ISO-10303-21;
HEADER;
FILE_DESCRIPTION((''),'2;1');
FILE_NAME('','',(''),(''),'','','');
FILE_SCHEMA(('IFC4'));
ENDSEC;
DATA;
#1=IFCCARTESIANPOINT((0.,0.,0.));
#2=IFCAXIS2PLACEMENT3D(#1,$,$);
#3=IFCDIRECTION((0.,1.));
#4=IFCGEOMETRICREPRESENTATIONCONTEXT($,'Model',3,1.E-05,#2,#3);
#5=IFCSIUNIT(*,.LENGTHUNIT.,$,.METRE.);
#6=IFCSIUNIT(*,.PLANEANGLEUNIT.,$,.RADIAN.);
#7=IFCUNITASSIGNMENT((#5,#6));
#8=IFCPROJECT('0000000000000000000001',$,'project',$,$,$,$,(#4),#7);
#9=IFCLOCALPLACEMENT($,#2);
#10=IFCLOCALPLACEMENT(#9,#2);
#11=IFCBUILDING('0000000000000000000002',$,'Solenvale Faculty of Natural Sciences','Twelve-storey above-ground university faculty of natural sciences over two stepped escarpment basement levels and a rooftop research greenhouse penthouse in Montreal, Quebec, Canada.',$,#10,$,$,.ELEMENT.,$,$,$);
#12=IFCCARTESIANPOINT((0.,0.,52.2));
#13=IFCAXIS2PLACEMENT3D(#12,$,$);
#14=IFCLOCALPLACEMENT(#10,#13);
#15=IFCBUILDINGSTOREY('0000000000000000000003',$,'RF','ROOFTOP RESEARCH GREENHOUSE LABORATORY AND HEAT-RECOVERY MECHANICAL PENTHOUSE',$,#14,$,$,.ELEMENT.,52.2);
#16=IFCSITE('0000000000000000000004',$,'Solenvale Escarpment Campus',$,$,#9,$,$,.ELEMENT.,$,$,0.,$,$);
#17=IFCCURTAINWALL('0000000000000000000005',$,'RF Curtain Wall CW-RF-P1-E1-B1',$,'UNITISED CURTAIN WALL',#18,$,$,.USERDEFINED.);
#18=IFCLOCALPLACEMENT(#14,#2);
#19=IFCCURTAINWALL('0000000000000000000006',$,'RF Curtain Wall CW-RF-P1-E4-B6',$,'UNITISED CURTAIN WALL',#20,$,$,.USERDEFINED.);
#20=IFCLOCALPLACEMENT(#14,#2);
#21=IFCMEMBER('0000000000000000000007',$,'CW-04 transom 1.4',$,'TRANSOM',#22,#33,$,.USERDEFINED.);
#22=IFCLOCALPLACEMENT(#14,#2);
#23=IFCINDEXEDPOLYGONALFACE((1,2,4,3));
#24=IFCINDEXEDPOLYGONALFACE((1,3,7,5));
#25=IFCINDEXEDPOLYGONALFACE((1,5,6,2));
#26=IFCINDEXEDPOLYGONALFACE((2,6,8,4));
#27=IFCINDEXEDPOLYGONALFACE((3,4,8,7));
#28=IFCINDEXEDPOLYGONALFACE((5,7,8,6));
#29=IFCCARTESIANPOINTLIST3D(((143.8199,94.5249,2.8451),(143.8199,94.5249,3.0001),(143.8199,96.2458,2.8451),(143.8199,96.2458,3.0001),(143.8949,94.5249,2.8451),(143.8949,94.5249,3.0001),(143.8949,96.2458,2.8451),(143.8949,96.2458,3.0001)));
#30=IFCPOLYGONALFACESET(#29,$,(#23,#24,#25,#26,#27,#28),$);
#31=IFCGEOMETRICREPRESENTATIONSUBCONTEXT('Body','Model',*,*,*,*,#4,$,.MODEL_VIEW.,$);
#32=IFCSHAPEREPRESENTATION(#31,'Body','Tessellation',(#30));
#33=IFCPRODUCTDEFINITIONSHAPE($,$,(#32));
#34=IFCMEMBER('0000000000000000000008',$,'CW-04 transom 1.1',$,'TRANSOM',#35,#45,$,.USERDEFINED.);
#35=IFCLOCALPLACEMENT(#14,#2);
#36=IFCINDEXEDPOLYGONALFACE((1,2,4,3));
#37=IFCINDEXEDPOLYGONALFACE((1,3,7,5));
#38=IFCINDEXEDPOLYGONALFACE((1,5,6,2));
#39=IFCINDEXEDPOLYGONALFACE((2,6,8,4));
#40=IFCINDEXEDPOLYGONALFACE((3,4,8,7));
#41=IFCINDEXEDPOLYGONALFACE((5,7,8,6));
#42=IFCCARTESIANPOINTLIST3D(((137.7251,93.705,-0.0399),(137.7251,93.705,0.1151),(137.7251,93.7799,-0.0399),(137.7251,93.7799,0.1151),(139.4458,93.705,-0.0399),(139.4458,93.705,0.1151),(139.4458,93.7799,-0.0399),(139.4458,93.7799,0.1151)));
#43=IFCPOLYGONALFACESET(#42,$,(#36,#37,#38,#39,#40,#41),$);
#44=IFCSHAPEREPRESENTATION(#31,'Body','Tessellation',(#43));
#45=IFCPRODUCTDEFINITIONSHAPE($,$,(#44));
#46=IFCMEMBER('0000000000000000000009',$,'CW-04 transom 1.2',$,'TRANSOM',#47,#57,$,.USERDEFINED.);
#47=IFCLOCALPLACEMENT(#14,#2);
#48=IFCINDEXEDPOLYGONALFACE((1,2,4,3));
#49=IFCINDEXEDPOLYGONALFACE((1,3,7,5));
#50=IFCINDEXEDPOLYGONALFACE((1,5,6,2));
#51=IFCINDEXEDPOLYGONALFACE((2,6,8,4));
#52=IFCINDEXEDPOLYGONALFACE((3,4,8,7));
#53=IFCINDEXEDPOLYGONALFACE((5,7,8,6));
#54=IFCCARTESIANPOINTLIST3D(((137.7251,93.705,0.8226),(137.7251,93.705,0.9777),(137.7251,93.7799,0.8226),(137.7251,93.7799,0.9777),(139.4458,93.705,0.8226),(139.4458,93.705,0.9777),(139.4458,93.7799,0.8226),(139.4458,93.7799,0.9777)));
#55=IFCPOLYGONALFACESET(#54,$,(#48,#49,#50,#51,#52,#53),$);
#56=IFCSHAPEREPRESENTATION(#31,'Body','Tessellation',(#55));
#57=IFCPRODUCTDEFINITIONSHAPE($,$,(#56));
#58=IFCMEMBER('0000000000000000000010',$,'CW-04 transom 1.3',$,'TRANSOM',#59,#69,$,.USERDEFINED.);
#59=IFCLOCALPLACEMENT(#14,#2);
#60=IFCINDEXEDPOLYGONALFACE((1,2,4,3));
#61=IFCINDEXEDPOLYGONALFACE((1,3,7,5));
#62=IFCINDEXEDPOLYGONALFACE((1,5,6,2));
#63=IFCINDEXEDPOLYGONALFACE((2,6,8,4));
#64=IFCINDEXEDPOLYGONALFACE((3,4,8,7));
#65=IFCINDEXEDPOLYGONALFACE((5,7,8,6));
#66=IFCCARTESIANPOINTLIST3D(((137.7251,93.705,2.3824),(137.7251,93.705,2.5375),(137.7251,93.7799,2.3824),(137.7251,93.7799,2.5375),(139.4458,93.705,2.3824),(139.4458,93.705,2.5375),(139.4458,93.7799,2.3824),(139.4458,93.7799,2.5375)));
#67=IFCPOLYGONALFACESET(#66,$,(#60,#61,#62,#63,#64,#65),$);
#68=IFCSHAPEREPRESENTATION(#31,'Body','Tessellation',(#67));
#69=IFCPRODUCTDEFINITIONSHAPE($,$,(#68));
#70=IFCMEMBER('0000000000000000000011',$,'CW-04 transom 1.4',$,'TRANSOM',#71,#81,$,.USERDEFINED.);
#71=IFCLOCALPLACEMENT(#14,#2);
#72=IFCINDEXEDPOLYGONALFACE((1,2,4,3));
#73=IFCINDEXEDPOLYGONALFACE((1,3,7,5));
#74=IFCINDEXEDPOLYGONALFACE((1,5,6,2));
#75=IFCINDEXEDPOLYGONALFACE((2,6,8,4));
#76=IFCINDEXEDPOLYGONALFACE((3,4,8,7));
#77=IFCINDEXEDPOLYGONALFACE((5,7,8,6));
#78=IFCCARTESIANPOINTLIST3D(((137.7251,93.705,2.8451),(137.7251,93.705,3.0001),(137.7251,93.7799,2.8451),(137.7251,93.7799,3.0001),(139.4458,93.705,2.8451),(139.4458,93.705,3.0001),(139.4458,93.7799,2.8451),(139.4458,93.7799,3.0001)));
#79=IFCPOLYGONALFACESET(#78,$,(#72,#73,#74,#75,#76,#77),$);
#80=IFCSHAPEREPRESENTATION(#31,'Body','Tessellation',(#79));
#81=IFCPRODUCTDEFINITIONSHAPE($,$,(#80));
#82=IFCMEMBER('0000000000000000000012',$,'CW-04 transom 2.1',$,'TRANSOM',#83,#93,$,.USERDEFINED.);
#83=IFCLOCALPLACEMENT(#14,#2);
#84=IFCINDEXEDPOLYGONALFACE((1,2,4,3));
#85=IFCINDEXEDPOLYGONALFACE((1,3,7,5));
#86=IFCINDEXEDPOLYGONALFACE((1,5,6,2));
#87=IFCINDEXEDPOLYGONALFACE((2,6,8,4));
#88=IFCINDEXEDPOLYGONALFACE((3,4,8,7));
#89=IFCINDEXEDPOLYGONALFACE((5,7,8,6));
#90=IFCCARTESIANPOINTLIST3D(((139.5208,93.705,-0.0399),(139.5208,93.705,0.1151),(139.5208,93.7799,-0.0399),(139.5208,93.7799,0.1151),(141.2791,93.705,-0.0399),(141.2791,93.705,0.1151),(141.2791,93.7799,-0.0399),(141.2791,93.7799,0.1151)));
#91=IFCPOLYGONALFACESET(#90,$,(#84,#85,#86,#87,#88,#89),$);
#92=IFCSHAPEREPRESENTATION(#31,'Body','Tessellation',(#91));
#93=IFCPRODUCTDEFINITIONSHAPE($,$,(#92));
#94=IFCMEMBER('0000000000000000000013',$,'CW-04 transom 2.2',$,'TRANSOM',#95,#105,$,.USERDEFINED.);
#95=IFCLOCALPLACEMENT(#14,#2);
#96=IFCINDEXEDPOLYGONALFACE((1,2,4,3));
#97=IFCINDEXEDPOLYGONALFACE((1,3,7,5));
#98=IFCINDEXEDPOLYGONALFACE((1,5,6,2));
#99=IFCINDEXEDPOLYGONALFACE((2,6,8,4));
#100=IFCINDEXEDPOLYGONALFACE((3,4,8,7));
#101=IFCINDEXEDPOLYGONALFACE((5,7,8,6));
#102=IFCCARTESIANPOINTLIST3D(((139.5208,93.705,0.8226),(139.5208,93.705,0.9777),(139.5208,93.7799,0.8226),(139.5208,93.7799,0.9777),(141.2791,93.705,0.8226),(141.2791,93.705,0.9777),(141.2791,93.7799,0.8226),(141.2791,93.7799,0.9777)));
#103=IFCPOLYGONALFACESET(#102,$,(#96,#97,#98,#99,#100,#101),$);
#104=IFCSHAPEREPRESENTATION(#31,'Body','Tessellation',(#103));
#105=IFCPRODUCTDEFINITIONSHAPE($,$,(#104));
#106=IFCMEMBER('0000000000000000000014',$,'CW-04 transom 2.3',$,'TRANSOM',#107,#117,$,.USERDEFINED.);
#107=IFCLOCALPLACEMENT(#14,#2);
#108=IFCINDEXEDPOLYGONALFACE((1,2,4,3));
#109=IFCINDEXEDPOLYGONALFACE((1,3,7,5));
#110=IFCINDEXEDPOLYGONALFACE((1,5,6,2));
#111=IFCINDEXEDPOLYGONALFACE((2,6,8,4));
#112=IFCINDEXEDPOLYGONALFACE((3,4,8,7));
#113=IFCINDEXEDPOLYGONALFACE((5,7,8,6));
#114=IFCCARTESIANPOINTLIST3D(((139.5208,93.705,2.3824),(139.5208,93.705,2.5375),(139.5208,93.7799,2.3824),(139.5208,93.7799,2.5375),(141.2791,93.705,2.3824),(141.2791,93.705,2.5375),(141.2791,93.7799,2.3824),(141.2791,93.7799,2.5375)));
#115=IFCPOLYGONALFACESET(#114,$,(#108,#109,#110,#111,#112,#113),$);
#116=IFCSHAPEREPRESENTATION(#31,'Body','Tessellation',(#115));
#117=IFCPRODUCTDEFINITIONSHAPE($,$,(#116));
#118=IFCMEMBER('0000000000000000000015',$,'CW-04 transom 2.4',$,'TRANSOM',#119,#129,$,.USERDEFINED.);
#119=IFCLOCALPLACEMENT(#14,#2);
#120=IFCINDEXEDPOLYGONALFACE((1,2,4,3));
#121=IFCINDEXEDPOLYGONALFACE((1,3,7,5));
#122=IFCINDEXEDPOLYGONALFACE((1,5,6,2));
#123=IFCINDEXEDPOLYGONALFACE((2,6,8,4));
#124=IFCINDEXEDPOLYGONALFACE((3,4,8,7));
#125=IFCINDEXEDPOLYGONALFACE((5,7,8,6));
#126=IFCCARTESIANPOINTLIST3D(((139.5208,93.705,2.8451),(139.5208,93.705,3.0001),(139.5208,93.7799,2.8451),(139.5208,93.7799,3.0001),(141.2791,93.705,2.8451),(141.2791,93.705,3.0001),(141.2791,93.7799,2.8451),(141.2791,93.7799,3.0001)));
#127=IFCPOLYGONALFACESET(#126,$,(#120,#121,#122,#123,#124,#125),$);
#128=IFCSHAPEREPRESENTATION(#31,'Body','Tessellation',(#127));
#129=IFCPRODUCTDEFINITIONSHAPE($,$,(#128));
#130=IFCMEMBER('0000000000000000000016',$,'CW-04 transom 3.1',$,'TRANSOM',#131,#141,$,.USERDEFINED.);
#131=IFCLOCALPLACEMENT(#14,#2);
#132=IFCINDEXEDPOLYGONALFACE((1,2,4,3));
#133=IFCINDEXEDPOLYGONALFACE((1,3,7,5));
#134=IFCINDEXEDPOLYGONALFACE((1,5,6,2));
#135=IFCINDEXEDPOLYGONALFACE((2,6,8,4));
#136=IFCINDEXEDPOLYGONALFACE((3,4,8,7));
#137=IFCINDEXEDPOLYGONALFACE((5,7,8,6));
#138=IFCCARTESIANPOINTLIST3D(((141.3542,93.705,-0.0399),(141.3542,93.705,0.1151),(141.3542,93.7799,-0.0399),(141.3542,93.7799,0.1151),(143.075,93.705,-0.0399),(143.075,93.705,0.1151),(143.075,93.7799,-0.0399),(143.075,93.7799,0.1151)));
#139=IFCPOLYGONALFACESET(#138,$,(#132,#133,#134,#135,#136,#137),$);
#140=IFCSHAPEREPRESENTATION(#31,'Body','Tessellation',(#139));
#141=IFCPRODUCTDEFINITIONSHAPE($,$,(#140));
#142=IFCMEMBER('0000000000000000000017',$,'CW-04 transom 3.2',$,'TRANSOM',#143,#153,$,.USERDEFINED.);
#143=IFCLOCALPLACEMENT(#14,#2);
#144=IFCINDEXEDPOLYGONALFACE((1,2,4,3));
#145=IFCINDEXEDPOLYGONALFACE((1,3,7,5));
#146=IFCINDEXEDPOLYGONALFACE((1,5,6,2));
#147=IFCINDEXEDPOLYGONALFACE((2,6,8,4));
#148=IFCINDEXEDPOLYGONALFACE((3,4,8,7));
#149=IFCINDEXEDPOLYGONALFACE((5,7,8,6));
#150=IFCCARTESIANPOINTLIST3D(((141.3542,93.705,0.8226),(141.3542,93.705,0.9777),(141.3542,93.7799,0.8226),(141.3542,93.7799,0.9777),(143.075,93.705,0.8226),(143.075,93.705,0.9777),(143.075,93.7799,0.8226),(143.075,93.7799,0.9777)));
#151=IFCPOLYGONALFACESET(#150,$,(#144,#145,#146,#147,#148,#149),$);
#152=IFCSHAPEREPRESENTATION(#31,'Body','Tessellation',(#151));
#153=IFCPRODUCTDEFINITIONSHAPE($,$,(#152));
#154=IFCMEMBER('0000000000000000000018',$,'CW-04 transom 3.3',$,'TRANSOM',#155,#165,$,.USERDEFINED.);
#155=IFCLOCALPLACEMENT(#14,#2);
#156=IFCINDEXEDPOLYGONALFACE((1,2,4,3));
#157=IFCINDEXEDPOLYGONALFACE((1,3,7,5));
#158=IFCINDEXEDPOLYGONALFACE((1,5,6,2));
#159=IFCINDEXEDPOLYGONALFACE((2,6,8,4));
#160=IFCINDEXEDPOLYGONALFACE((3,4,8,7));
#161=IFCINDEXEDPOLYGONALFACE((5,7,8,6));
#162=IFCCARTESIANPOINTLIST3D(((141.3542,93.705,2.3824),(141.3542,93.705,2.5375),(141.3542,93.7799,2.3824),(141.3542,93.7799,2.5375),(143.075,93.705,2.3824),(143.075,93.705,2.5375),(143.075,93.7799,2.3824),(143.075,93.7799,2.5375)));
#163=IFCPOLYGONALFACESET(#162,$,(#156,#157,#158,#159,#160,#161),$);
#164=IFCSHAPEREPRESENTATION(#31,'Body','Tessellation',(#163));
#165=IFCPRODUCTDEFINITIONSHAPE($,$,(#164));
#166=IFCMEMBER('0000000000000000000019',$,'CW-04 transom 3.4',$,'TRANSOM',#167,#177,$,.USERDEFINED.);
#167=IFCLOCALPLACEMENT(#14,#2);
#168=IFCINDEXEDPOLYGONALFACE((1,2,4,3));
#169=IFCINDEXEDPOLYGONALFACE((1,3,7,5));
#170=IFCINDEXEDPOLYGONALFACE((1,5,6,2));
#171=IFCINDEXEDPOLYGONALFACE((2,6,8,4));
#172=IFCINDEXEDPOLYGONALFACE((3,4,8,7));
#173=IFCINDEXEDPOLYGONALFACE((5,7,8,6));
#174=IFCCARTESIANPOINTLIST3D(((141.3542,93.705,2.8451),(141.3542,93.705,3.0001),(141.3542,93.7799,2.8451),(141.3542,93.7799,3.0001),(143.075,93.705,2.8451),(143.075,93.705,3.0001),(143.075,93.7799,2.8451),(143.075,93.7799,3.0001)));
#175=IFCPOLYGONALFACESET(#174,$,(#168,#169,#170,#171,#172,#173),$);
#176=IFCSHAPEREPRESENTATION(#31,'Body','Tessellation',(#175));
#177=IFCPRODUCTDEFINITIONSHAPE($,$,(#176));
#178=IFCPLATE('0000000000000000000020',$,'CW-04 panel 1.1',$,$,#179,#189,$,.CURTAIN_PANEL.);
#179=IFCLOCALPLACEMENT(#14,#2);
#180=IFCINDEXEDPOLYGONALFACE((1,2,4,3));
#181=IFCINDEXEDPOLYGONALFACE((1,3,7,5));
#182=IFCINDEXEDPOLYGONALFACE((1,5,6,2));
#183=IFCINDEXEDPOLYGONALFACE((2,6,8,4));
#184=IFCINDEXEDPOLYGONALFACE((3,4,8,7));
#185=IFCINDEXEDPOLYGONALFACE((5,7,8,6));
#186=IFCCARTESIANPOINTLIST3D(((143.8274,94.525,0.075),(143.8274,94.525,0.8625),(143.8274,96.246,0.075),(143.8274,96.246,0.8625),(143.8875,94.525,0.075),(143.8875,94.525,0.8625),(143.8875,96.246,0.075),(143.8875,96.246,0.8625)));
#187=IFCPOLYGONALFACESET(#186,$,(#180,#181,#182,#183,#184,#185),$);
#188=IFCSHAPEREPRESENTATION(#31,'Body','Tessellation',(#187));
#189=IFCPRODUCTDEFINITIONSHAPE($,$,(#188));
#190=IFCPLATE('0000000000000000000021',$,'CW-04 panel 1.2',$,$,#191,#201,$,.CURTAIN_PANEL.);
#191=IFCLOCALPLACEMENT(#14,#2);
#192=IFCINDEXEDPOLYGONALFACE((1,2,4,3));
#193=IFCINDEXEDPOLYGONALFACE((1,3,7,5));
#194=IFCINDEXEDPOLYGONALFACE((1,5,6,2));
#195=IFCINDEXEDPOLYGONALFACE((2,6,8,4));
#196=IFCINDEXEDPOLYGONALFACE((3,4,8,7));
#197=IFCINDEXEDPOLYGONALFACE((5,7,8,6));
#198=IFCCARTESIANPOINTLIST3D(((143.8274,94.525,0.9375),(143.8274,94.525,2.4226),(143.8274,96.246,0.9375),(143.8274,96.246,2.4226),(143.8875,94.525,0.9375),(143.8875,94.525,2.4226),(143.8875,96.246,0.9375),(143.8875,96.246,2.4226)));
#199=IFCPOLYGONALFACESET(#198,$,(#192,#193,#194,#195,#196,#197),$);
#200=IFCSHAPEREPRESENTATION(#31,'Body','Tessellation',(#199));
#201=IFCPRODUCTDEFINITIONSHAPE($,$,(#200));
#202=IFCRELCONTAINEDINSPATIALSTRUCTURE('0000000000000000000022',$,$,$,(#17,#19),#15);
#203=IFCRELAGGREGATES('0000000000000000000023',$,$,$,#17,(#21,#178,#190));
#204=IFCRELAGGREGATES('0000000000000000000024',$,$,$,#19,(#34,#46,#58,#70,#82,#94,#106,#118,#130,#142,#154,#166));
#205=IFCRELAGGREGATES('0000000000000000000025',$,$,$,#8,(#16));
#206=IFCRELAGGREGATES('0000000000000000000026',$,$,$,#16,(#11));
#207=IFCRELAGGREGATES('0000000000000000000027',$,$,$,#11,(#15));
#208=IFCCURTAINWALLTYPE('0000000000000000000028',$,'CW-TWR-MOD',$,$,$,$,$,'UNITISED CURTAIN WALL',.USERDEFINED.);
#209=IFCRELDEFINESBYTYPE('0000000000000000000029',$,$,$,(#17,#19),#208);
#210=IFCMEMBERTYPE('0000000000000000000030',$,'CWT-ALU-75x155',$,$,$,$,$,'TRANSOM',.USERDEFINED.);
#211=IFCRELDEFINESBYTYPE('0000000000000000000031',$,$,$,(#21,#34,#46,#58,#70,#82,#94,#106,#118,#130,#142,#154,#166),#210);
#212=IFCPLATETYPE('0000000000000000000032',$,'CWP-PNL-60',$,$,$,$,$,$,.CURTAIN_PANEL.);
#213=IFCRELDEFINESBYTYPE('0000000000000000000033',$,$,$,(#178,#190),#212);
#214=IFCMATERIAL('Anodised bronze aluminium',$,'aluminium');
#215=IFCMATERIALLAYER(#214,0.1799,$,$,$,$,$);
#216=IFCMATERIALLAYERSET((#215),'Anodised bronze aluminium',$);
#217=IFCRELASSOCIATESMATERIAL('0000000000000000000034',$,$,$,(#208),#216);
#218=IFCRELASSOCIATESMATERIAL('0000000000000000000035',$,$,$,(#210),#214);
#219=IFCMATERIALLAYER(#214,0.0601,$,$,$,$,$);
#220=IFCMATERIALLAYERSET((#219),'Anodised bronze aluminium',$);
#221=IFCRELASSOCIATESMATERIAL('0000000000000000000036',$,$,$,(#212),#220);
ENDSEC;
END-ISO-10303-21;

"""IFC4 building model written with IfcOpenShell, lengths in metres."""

from ifc_helpers import new_model, si_unit, direction, frame, origin, origin_2d, place, context, subcontext, project, spatial, rectangle, extrude, material, layer, layer_set, material_profile, profile_set, type_object, element, aggregate, save


model = new_model("IFC4")

# Units and contexts
model_context = context("Model", 3, precision=1e-05, world=origin(), true_north=direction((0.0, 1.0)))
body_context = subcontext(model_context, "Body", "Model", "MODEL_VIEW")
ifc_project = project(units=[si_unit("LENGTHUNIT", "METRE"), si_unit("PLANEANGLEUNIT", "RADIAN")], contexts=[model_context])

# Site, building, storey
site_placement = place(None, origin())
site = spatial("IfcSite", under=ifc_project, at=site_placement, Name="Solenvale Escarpment Campus", CompositionType="ELEMENT", RefElevation=0.0)
building_placement = place(site_placement, origin())
building = spatial("IfcBuilding", under=site, at=building_placement, Name="Solenvale Faculty of Natural Sciences", Description="Twelve-storey above-ground university faculty of natural sciences over two stepped escarpment basement levels and a rooftop research greenhouse penthouse in Montreal, Quebec, Canada.", CompositionType="ELEMENT")
storey_placement = place(building_placement, frame((0.0, 0.0, 52.2)))
storey = spatial("IfcBuildingStorey", under=building, at=storey_placement, Name="RF", Description="ROOFTOP RESEARCH GREENHOUSE LABORATORY AND HEAT-RECOVERY MECHANICAL PENTHOUSE", CompositionType="ELEMENT", Elevation=52.2)

# Curtain wall
ifc_material_1 = material(Name="Anodised bronze aluminium", Category="aluminium")
ifc_layer_1 = layer(ifc_material_1, 0.1799)
ifc_layer_set_1 = layer_set([ifc_layer_1], Name="Anodised bronze aluminium")
curtain_wall_type = type_object("IfcCurtainWallType", Name="CW-TWR-MOD", ElementType="UNITISED CURTAIN WALL", PredefinedType="USERDEFINED", material=ifc_layer_set_1)
curtain_wall_1_placement = place(storey_placement, origin())
curtain_wall_1 = element("IfcCurtainWall", 1, at=curtain_wall_1_placement, inside=storey, type_object=curtain_wall_type, Name="RF Curtain Wall CW-RF-P1-E1-B1", ObjectType="UNITISED CURTAIN WALL", PredefinedType="USERDEFINED")

# Curtain wall
curtain_wall_2_placement = place(storey_placement, origin())
curtain_wall_2 = element("IfcCurtainWall", 2, at=curtain_wall_2_placement, inside=storey, type_object=curtain_wall_type, Name="RF Curtain Wall CW-RF-P1-E4-B6", ObjectType="UNITISED CURTAIN WALL", PredefinedType="USERDEFINED")

# Members
ifc_material_profile_1 = material_profile(ifc_material_1, rectangle(XDim=0.075, YDim=0.155, at=origin_2d()), Name="ALU-TRN-75x155")
ifc_profile_set_1 = profile_set([ifc_material_profile_1], Name="Anodised bronze aluminium")
member_type_1 = type_object("IfcMemberType", Name="CWT-ALU-75x155", ElementType="TRANSOM", PredefinedType="USERDEFINED", material=ifc_profile_set_1)
member_1_placement = place(storey_placement, frame((143.8574, 94.5249, 2.9226), z_axis=(0.0, 1.0, 0.0), x_axis=(-1.0, 0.0, 0.0)))
member_1 = element("IfcMember", 3, at=member_1_placement, type_object=member_type_1, Name="CW-04 transom 1.4", ObjectType="TRANSOM", PredefinedType="USERDEFINED", context=body_context, shape_type="SweptSolid", body=[
    extrude(rectangle(XDim=0.075, YDim=0.155, at=origin_2d()), origin(), (0.0, 0.0, 1.0), 1.7209),
])
member_2_placement = place(storey_placement, frame((137.7251, 93.7424, 0.0376), z_axis=(1.0, 0.0, 0.0), x_axis=(0.0, 1.0, 0.0)))
member_2 = element("IfcMember", 4, at=member_2_placement, type_object=member_type_1, Name="CW-04 transom 1.1", ObjectType="TRANSOM", PredefinedType="USERDEFINED", context=body_context, shape_type="SweptSolid", body=[
    extrude(rectangle(XDim=0.075, YDim=0.155, at=origin_2d()), origin(), (0.0, 0.0, 1.0), 1.7207),
])
member_3_placement = place(storey_placement, frame((137.7251, 93.7424, 0.9001), z_axis=(1.0, 0.0, 0.0), x_axis=(0.0, 1.0, 0.0)))
member_3 = element("IfcMember", 5, at=member_3_placement, type_object=member_type_1, Name="CW-04 transom 1.2", ObjectType="TRANSOM", PredefinedType="USERDEFINED", context=body_context, shape_type="SweptSolid", body=[
    extrude(rectangle(XDim=0.075, YDim=0.155, at=origin_2d()), origin(), (0.0, 0.0, 1.0), 1.7207),
])
member_4_placement = place(storey_placement, frame((137.7251, 93.7424, 2.46), z_axis=(1.0, 0.0, 0.0), x_axis=(0.0, 1.0, 0.0)))
member_4 = element("IfcMember", 6, at=member_4_placement, type_object=member_type_1, Name="CW-04 transom 1.3", ObjectType="TRANSOM", PredefinedType="USERDEFINED", context=body_context, shape_type="SweptSolid", body=[
    extrude(rectangle(XDim=0.075, YDim=0.155, at=origin_2d()), origin(), (0.0, 0.0, 1.0), 1.7207),
])
member_5_placement = place(storey_placement, frame((137.7251, 93.7424, 2.9226), z_axis=(1.0, 0.0, 0.0), x_axis=(0.0, 1.0, 0.0)))
member_5 = element("IfcMember", 7, at=member_5_placement, type_object=member_type_1, Name="CW-04 transom 1.4", ObjectType="TRANSOM", PredefinedType="USERDEFINED", context=body_context, shape_type="SweptSolid", body=[
    extrude(rectangle(XDim=0.075, YDim=0.155, at=origin_2d()), origin(), (0.0, 0.0, 1.0), 1.7207),
])
member_6_placement = place(storey_placement, frame((139.5208, 93.7424, 0.0376), z_axis=(1.0, 0.0, 0.0), x_axis=(0.0, 1.0, 0.0)))
member_6 = element("IfcMember", 8, at=member_6_placement, type_object=member_type_1, Name="CW-04 transom 2.1", ObjectType="TRANSOM", PredefinedType="USERDEFINED", context=body_context, shape_type="SweptSolid", body=[
    extrude(rectangle(XDim=0.075, YDim=0.155, at=origin_2d()), origin(), (0.0, 0.0, 1.0), 1.7583),
])
member_7_placement = place(storey_placement, frame((139.5208, 93.7424, 0.9001), z_axis=(1.0, 0.0, 0.0), x_axis=(0.0, 1.0, 0.0)))
member_7 = element("IfcMember", 9, at=member_7_placement, type_object=member_type_1, Name="CW-04 transom 2.2", ObjectType="TRANSOM", PredefinedType="USERDEFINED", context=body_context, shape_type="SweptSolid", body=[
    extrude(rectangle(XDim=0.075, YDim=0.155, at=origin_2d()), origin(), (0.0, 0.0, 1.0), 1.7583),
])
member_8_placement = place(storey_placement, frame((139.5208, 93.7424, 2.46), z_axis=(1.0, 0.0, 0.0), x_axis=(0.0, 1.0, 0.0)))
member_8 = element("IfcMember", 10, at=member_8_placement, type_object=member_type_1, Name="CW-04 transom 2.3", ObjectType="TRANSOM", PredefinedType="USERDEFINED", context=body_context, shape_type="SweptSolid", body=[
    extrude(rectangle(XDim=0.075, YDim=0.155, at=origin_2d()), origin(), (0.0, 0.0, 1.0), 1.7583),
])
member_9_placement = place(storey_placement, frame((139.5208, 93.7424, 2.9226), z_axis=(1.0, 0.0, 0.0), x_axis=(0.0, 1.0, 0.0)))
member_9 = element("IfcMember", 11, at=member_9_placement, type_object=member_type_1, Name="CW-04 transom 2.4", ObjectType="TRANSOM", PredefinedType="USERDEFINED", context=body_context, shape_type="SweptSolid", body=[
    extrude(rectangle(XDim=0.075, YDim=0.155, at=origin_2d()), origin(), (0.0, 0.0, 1.0), 1.7583),
])
member_10_placement = place(storey_placement, frame((141.3542, 93.7424, 0.0376), z_axis=(1.0, 0.0, 0.0), x_axis=(0.0, 1.0, 0.0)))
member_10 = element("IfcMember", 12, at=member_10_placement, type_object=member_type_1, Name="CW-04 transom 3.1", ObjectType="TRANSOM", PredefinedType="USERDEFINED", context=body_context, shape_type="SweptSolid", body=[
    extrude(rectangle(XDim=0.075, YDim=0.155, at=origin_2d()), origin(), (0.0, 0.0, 1.0), 1.7207),
])
member_11_placement = place(storey_placement, frame((141.3542, 93.7424, 0.9001), z_axis=(1.0, 0.0, 0.0), x_axis=(0.0, 1.0, 0.0)))
member_11 = element("IfcMember", 13, at=member_11_placement, type_object=member_type_1, Name="CW-04 transom 3.2", ObjectType="TRANSOM", PredefinedType="USERDEFINED", context=body_context, shape_type="SweptSolid", body=[
    extrude(rectangle(XDim=0.075, YDim=0.155, at=origin_2d()), origin(), (0.0, 0.0, 1.0), 1.7207),
])
member_12_placement = place(storey_placement, frame((141.3542, 93.7424, 2.46), z_axis=(1.0, 0.0, 0.0), x_axis=(0.0, 1.0, 0.0)))
member_12 = element("IfcMember", 14, at=member_12_placement, type_object=member_type_1, Name="CW-04 transom 3.3", ObjectType="TRANSOM", PredefinedType="USERDEFINED", context=body_context, shape_type="SweptSolid", body=[
    extrude(rectangle(XDim=0.075, YDim=0.155, at=origin_2d()), origin(), (0.0, 0.0, 1.0), 1.7207),
])
member_13_placement = place(storey_placement, frame((141.3542, 93.7424, 2.9226), z_axis=(1.0, 0.0, 0.0), x_axis=(0.0, 1.0, 0.0)))
member_13 = element("IfcMember", 15, at=member_13_placement, type_object=member_type_1, Name="CW-04 transom 3.4", ObjectType="TRANSOM", PredefinedType="USERDEFINED", context=body_context, shape_type="SweptSolid", body=[
    extrude(rectangle(XDim=0.075, YDim=0.155, at=origin_2d()), origin(), (0.0, 0.0, 1.0), 1.7207),
])

# Plates
ifc_layer_2 = layer(ifc_material_1, 0.0601)
ifc_layer_set_2 = layer_set([ifc_layer_2], Name="Anodised bronze aluminium")
plate_type = type_object("IfcPlateType", Name="CWP-PNL-60", PredefinedType="CURTAIN_PANEL", material=ifc_layer_set_2)
plate_1_placement = place(storey_placement, frame((143.8574, 95.3855, 0.075), z_axis=(0.0, 0.0, 1.0), x_axis=(0.0, 1.0, 0.0)))
plate_1 = element("IfcPlate", 16, at=plate_1_placement, type_object=plate_type, Name="CW-04 panel 1.1", PredefinedType="CURTAIN_PANEL", context=body_context, shape_type="SweptSolid", body=[
    extrude(rectangle(XDim=1.7209, YDim=0.0601, at=origin_2d()), origin(), (0.0, 0.0, 1.0), 0.7876),
])
plate_2_placement = place(storey_placement, frame((143.8574, 95.3855, 0.9375), z_axis=(0.0, 0.0, 1.0), x_axis=(0.0, 1.0, 0.0)))
plate_2 = element("IfcPlate", 17, at=plate_2_placement, type_object=plate_type, Name="CW-04 panel 1.2", PredefinedType="CURTAIN_PANEL", context=body_context, shape_type="SweptSolid", body=[
    extrude(rectangle(XDim=1.7209, YDim=0.0601, at=origin_2d()), origin(), (0.0, 0.0, 1.0), 1.4851),
])
aggregate(curtain_wall_1, [member_1, plate_1, plate_2])
aggregate(curtain_wall_2, [member_2, member_3, member_4, member_5, member_6, member_7, member_8, member_9, member_10, member_11, member_12, member_13])

save(model, "model.ifc")
